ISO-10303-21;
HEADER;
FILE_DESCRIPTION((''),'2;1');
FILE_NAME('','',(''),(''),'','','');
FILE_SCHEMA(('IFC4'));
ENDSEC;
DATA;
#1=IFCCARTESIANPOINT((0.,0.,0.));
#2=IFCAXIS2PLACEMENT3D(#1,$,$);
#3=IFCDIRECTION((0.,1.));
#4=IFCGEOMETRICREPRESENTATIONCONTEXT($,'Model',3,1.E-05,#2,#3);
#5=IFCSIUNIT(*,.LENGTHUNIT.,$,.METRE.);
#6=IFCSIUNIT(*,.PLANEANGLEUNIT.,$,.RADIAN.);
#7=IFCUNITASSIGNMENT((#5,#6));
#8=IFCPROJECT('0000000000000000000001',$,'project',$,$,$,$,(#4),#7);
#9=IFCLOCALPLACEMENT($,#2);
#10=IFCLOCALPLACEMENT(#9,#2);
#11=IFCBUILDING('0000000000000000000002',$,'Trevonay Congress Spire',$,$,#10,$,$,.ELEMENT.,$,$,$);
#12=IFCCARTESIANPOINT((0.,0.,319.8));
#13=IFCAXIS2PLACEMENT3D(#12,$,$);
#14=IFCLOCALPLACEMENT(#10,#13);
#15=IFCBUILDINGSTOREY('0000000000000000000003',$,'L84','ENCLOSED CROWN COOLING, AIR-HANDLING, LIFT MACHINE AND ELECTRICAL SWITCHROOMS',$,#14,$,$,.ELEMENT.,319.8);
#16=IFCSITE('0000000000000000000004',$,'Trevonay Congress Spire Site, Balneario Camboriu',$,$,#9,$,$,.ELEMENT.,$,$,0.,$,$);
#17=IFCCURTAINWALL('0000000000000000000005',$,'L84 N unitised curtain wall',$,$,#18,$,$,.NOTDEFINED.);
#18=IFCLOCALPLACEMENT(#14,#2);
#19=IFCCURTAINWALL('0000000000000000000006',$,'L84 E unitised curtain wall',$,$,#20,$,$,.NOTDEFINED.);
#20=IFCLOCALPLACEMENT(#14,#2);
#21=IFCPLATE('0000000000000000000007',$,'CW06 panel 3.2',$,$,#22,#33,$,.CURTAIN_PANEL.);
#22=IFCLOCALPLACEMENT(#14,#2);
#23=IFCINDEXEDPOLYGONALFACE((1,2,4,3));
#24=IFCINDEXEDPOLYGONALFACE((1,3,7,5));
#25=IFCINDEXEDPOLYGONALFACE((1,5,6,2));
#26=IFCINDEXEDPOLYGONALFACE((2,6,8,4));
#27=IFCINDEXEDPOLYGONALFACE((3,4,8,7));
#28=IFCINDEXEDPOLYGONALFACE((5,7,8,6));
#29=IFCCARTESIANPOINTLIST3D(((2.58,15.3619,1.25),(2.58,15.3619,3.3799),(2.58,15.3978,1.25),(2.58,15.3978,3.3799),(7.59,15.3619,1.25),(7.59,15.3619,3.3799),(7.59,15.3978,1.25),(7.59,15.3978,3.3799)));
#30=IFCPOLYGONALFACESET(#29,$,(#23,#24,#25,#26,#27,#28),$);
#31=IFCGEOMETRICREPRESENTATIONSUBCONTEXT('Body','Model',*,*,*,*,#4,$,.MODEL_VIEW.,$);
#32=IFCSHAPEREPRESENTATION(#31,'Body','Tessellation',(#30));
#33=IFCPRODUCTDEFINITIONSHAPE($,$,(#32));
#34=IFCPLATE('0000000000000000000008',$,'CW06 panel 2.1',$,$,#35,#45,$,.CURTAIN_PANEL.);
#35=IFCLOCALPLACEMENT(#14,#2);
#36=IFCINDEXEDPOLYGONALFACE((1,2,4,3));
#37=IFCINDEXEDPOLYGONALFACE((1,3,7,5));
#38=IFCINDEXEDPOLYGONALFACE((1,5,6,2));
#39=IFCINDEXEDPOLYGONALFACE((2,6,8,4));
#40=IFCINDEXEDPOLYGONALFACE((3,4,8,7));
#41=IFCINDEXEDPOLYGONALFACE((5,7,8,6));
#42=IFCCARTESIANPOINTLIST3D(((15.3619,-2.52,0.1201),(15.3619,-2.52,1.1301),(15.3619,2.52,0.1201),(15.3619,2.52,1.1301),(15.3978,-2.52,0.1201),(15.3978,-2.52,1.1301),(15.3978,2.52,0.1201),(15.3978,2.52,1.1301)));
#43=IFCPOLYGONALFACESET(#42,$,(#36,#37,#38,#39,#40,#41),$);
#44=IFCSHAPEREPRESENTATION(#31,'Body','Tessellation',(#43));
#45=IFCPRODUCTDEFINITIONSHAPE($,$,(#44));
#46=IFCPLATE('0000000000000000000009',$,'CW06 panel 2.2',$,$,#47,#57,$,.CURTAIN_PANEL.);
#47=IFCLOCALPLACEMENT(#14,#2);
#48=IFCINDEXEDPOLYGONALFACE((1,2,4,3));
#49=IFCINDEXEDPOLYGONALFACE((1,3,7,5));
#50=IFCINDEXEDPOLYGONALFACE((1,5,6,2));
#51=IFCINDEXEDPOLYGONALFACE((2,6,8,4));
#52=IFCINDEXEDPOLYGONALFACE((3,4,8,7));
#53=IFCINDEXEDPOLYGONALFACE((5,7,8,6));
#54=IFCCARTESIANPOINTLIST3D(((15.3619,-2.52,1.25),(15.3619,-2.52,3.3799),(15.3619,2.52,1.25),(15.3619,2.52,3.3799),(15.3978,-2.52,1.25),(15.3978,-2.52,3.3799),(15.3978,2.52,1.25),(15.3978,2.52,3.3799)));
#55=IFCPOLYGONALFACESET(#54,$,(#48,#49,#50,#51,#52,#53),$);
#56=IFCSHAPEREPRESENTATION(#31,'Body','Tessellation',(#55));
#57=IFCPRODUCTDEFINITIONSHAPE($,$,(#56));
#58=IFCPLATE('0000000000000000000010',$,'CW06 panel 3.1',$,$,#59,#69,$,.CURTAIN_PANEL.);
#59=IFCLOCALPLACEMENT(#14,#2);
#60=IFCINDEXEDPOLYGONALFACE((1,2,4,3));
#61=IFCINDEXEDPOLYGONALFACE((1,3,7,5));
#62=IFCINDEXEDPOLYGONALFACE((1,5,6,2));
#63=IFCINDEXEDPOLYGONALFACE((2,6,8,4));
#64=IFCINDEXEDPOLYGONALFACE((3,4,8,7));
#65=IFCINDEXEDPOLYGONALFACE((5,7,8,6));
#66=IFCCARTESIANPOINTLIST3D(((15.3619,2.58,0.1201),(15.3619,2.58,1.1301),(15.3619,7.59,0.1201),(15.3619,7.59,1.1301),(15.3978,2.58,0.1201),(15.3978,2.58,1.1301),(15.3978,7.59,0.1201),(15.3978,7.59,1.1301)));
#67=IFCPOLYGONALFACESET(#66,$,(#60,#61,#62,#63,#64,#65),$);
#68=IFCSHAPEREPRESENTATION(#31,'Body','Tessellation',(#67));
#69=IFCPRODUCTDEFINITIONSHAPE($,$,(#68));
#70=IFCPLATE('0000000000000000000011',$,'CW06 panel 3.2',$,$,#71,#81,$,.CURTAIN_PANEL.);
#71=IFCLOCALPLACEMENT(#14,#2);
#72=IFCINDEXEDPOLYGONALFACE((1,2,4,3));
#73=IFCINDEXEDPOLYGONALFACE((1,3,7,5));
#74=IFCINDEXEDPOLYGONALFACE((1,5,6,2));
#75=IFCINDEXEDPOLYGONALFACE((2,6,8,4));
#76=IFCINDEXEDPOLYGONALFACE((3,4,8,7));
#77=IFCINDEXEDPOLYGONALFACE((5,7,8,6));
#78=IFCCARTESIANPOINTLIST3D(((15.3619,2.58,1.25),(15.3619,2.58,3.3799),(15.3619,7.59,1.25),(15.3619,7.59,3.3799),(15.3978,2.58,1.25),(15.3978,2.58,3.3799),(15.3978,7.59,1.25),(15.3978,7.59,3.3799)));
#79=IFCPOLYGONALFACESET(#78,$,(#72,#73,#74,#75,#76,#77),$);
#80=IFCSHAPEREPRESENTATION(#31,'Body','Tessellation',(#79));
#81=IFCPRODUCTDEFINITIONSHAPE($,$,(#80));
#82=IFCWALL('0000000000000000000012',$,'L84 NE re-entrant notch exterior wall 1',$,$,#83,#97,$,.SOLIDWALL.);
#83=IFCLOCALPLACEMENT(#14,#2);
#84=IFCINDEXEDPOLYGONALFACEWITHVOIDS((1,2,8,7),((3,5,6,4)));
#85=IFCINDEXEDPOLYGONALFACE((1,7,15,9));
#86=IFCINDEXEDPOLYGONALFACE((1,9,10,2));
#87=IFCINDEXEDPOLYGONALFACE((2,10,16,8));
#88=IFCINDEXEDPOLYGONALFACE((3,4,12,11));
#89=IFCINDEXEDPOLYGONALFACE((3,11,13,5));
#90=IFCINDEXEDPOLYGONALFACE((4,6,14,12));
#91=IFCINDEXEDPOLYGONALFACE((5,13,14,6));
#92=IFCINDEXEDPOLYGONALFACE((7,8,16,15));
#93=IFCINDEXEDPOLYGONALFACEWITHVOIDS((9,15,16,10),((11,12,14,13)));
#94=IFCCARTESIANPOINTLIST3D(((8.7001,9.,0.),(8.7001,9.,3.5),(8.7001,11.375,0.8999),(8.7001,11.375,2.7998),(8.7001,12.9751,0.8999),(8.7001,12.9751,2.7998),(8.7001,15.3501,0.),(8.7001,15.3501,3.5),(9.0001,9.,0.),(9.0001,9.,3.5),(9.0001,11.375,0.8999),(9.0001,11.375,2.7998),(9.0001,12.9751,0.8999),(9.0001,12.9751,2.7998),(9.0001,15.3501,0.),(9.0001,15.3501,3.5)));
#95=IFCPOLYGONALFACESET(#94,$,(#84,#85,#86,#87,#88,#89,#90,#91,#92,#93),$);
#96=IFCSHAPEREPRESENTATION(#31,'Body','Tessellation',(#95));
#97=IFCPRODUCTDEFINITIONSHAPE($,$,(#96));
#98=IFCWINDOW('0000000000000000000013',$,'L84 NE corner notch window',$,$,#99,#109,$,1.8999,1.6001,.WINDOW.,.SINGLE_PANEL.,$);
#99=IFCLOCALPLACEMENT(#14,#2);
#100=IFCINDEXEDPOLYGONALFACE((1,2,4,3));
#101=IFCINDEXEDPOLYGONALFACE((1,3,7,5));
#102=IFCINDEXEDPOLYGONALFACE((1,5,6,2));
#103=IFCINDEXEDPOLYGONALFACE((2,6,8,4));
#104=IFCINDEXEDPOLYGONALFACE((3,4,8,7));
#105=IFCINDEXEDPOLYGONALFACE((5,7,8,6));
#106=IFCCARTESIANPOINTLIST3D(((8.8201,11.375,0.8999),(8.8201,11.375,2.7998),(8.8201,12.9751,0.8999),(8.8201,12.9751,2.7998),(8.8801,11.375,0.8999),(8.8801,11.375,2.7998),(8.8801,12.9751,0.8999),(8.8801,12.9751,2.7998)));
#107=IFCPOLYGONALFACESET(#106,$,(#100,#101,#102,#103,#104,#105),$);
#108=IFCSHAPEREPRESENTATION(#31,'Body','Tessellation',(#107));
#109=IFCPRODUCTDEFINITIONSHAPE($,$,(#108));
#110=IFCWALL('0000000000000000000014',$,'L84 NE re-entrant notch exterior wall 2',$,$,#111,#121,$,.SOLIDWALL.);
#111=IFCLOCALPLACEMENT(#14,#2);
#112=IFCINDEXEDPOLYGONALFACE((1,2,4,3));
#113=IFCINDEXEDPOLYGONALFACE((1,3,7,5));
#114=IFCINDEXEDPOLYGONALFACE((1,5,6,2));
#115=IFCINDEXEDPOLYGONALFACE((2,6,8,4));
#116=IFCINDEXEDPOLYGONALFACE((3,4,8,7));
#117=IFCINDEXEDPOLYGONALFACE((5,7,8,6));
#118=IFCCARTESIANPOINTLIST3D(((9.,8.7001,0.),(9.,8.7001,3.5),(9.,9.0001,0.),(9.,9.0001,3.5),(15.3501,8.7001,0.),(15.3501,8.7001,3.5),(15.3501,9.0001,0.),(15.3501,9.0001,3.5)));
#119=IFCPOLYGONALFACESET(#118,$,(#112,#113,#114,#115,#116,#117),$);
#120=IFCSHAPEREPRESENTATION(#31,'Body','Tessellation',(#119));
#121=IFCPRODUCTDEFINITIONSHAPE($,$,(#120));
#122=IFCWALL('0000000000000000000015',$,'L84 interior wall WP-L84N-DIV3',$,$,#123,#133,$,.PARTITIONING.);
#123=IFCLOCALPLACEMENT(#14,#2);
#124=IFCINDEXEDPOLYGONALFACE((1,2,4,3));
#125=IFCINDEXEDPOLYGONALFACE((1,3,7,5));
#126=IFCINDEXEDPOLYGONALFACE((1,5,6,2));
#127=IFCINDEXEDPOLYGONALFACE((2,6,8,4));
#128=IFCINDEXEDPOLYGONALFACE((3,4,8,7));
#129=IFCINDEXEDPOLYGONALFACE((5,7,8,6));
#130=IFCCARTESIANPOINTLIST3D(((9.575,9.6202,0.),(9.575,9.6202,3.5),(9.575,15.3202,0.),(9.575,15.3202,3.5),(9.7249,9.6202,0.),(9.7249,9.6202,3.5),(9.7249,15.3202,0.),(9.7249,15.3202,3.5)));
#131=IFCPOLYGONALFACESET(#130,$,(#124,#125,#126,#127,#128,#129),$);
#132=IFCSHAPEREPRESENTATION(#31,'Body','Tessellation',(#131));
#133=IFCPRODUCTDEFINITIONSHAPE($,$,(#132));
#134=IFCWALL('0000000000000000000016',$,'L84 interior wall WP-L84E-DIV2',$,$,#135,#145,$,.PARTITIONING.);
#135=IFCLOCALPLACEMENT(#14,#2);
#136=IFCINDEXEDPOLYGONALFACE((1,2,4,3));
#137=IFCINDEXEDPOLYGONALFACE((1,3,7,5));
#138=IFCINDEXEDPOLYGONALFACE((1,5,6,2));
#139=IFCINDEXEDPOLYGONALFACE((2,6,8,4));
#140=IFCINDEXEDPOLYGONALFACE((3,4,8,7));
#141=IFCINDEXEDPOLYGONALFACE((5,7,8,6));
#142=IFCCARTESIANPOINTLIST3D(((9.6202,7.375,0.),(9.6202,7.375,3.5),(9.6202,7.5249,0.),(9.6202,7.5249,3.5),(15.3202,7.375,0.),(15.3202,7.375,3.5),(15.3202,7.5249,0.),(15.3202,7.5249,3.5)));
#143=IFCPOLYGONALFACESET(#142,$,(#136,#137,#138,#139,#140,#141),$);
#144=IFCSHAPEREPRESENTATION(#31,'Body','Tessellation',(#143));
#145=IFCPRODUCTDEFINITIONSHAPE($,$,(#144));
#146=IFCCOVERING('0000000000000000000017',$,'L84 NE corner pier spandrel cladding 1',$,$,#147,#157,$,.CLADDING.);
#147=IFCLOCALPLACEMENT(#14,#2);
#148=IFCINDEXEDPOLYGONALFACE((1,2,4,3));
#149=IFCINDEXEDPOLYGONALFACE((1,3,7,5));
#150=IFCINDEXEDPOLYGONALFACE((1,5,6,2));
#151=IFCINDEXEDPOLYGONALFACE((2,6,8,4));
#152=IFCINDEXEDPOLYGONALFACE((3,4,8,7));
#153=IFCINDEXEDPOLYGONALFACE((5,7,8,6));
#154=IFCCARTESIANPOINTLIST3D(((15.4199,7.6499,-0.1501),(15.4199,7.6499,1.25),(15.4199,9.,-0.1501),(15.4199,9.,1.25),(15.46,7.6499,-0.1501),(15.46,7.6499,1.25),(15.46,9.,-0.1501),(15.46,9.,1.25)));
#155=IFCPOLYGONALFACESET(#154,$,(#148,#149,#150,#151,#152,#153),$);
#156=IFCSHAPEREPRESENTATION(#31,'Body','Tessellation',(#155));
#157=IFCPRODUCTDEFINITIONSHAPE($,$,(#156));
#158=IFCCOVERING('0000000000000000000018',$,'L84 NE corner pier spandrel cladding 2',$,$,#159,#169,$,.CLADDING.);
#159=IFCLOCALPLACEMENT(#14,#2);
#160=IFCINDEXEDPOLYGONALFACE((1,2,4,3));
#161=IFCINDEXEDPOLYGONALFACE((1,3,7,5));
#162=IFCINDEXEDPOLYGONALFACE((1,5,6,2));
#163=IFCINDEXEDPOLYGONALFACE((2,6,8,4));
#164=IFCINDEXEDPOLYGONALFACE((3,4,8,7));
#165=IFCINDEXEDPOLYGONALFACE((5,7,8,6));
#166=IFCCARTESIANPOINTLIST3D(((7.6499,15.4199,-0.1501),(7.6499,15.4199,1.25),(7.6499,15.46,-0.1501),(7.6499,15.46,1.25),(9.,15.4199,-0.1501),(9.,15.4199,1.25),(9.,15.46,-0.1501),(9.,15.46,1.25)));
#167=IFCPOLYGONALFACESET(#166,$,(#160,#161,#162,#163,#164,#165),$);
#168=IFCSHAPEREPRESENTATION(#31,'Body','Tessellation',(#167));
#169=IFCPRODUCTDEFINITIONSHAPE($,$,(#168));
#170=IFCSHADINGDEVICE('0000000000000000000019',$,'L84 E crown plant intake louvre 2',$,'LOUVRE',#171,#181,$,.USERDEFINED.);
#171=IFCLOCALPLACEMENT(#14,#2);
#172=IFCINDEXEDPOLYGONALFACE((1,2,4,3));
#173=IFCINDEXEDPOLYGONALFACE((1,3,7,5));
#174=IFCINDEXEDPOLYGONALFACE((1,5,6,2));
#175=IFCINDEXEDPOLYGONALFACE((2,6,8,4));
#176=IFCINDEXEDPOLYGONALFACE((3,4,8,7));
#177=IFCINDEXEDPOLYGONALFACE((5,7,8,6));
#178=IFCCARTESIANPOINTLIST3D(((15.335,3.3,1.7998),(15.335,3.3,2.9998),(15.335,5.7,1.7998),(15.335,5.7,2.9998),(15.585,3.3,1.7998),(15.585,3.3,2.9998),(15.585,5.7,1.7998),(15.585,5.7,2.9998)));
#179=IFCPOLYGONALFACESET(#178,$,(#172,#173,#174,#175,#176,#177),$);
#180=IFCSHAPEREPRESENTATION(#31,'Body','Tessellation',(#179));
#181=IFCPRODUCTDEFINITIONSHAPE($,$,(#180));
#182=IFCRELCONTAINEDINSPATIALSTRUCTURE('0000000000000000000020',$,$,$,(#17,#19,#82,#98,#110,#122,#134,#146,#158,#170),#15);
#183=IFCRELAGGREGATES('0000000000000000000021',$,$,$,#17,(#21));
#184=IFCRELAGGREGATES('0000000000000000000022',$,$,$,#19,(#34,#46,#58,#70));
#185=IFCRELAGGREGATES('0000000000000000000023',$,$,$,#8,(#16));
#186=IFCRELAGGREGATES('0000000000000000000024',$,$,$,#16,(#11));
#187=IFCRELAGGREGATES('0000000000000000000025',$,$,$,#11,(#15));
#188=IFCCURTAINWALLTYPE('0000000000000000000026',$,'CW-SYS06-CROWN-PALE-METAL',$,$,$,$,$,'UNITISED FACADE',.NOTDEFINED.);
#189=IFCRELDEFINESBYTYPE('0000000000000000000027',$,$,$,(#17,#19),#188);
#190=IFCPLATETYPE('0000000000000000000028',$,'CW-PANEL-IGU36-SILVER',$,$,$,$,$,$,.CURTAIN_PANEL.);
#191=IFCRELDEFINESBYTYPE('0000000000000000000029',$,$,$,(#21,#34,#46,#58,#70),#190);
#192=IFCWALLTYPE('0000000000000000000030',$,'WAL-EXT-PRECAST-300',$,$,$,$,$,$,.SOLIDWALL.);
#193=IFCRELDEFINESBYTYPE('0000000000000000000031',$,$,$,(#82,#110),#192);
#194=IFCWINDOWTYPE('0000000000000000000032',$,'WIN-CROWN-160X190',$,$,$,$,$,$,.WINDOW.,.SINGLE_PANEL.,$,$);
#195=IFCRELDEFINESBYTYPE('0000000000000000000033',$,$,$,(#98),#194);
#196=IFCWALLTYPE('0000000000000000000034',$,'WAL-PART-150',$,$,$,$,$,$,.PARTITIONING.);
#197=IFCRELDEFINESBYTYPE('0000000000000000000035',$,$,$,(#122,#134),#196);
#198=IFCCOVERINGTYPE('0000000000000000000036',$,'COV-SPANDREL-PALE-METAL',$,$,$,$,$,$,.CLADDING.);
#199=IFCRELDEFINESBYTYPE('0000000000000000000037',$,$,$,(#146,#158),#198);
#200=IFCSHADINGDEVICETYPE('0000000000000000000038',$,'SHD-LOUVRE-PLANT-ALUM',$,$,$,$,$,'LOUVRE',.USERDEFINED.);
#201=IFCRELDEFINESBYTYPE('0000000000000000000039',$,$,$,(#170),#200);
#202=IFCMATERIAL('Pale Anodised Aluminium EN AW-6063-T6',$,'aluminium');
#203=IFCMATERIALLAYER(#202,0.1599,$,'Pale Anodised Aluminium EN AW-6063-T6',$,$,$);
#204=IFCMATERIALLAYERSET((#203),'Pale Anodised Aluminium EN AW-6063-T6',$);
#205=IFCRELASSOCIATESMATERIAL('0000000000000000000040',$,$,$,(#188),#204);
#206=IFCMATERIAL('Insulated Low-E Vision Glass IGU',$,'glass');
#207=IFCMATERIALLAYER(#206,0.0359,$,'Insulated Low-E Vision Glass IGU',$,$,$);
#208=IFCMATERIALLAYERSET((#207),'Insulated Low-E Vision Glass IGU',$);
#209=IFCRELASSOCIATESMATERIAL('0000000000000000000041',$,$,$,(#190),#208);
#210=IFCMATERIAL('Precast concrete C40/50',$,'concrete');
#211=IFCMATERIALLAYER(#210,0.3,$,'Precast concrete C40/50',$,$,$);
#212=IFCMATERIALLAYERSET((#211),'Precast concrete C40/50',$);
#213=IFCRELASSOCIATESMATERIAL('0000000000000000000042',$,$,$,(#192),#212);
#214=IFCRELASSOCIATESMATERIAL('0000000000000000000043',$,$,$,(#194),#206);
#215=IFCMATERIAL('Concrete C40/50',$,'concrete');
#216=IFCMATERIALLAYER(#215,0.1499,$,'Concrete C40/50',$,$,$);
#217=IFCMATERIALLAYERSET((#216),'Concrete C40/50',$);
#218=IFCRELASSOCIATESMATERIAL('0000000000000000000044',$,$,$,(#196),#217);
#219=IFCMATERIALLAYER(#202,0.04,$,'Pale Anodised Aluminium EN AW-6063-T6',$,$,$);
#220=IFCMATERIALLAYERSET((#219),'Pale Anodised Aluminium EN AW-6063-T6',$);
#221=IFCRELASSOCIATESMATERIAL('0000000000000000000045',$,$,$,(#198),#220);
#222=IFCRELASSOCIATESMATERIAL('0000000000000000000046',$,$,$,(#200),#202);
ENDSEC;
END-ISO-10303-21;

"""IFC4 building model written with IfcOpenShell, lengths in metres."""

from ifc_helpers import new_model, si_unit, direction, frame, frame_2d, origin, origin_2d, place, context, subcontext, project, spatial, rectangle, extrude, material, layer, layer_set, type_object, element, fill, aggregate, save


model = new_model("IFC4")

# Units and contexts
model_context = context("Model", 3, precision=1e-05, world=origin(), true_north=direction((0.0, 1.0)))
body_context = subcontext(model_context, "Body", "Model", "MODEL_VIEW")
ifc_project = project(units=[si_unit("LENGTHUNIT", "METRE"), si_unit("PLANEANGLEUNIT", "RADIAN")], contexts=[model_context])

# Site, building, storey
site_placement = place(None, origin())
site = spatial("IfcSite", under=ifc_project, at=site_placement, Name="Trevonay Congress Spire Site, Balneario Camboriu", CompositionType="ELEMENT", RefElevation=0.0)
building_placement = place(site_placement, origin())
building = spatial("IfcBuilding", under=site, at=building_placement, Name="Trevonay Congress Spire", CompositionType="ELEMENT")
storey_placement = place(building_placement, frame((0.0, 0.0, 319.8)))
storey = spatial("IfcBuildingStorey", under=building, at=storey_placement, Name="L84", Description="ENCLOSED CROWN COOLING, AIR-HANDLING, LIFT MACHINE AND ELECTRICAL SWITCHROOMS", CompositionType="ELEMENT", Elevation=319.8)

# Curtain wall
ifc_material_1 = material(Name="Pale Anodised Aluminium EN AW-6063-T6", Category="aluminium")
ifc_layer_1 = layer(ifc_material_1, 0.1599, Name="Pale Anodised Aluminium EN AW-6063-T6")
ifc_layer_set_1 = layer_set([ifc_layer_1], Name="Pale Anodised Aluminium EN AW-6063-T6")
curtain_wall_type = type_object("IfcCurtainWallType", Name="CW-SYS06-CROWN-PALE-METAL", ElementType="UNITISED FACADE", PredefinedType="NOTDEFINED", material=ifc_layer_set_1)
curtain_wall_1_placement = place(storey_placement, origin())
curtain_wall_1 = element("IfcCurtainWall", 1, at=curtain_wall_1_placement, inside=storey, type_object=curtain_wall_type, Name="L84 N unitised curtain wall", PredefinedType="NOTDEFINED")

# Curtain wall
curtain_wall_2_placement = place(storey_placement, origin())
curtain_wall_2 = element("IfcCurtainWall", 2, at=curtain_wall_2_placement, inside=storey, type_object=curtain_wall_type, Name="L84 E unitised curtain wall", PredefinedType="NOTDEFINED")

# Plates
ifc_material_2 = material(Name="Insulated Low-E Vision Glass IGU", Category="glass")
ifc_layer_2 = layer(ifc_material_2, 0.0359, Name="Insulated Low-E Vision Glass IGU")
ifc_layer_set_2 = layer_set([ifc_layer_2], Name="Insulated Low-E Vision Glass IGU")
plate_type = type_object("IfcPlateType", Name="CW-PANEL-IGU36-SILVER", PredefinedType="CURTAIN_PANEL", material=ifc_layer_set_2)
plate_1_placement = place(storey_placement, frame((5.085, 15.3799, 1.25), z_axis=(0.0, 0.0, 1.0), x_axis=(1.0, 0.0, 0.0)))
plate_1 = element("IfcPlate", 3, at=plate_1_placement, type_object=plate_type, Name="CW06 panel 3.2", PredefinedType="CURTAIN_PANEL", context=body_context, shape_type="SweptSolid", body=[
    extrude(rectangle(XDim=5.01, YDim=0.0359, at=origin_2d()), origin(), (0.0, 0.0, 1.0), 2.1299),
])
aggregate(curtain_wall_1, [plate_1])
plate_2_placement = place(storey_placement, frame((15.3799, 0.0, 0.1201), z_axis=(0.0, 0.0, 1.0), x_axis=(0.0, 1.0, 0.0)))
plate_2 = element("IfcPlate", 4, at=plate_2_placement, type_object=plate_type, Name="CW06 panel 2.1", PredefinedType="CURTAIN_PANEL", context=body_context, shape_type="SweptSolid", body=[
    extrude(rectangle(XDim=5.04, YDim=0.0359, at=origin_2d()), origin(), (0.0, 0.0, 1.0), 1.01),
])
plate_3_placement = place(storey_placement, frame((15.3799, 0.0, 1.25), z_axis=(0.0, 0.0, 1.0), x_axis=(0.0, 1.0, 0.0)))
plate_3 = element("IfcPlate", 5, at=plate_3_placement, type_object=plate_type, Name="CW06 panel 2.2", PredefinedType="CURTAIN_PANEL", context=body_context, shape_type="SweptSolid", body=[
    extrude(rectangle(XDim=5.04, YDim=0.0359, at=origin_2d()), origin(), (0.0, 0.0, 1.0), 2.1299),
])
plate_4_placement = place(storey_placement, frame((15.3799, 5.085, 0.1201), z_axis=(0.0, 0.0, 1.0), x_axis=(0.0, 1.0, 0.0)))
plate_4 = element("IfcPlate", 6, at=plate_4_placement, type_object=plate_type, Name="CW06 panel 3.1", PredefinedType="CURTAIN_PANEL", context=body_context, shape_type="SweptSolid", body=[
    extrude(rectangle(XDim=5.01, YDim=0.0359, at=origin_2d()), origin(), (0.0, 0.0, 1.0), 1.01),
])
plate_5_placement = place(storey_placement, frame((15.3799, 5.085, 1.25), z_axis=(0.0, 0.0, 1.0), x_axis=(0.0, 1.0, 0.0)))
plate_5 = element("IfcPlate", 7, at=plate_5_placement, type_object=plate_type, Name="CW06 panel 3.2", PredefinedType="CURTAIN_PANEL", context=body_context, shape_type="SweptSolid", body=[
    extrude(rectangle(XDim=5.01, YDim=0.0359, at=origin_2d()), origin(), (0.0, 0.0, 1.0), 2.1299),
])
aggregate(curtain_wall_2, [plate_2, plate_3, plate_4, plate_5])

# Wall, opening, window
ifc_material_3 = material(Name="Precast concrete C40/50", Category="concrete")
ifc_layer_3 = layer(ifc_material_3, 0.3, Name="Precast concrete C40/50")
ifc_layer_set_3 = layer_set([ifc_layer_3], Name="Precast concrete C40/50")
wall_type_1 = type_object("IfcWallType", Name="WAL-EXT-PRECAST-300", PredefinedType="SOLIDWALL", material=ifc_layer_set_3)
wall_1_placement = place(storey_placement, frame((8.8501, 15.3501, 0.0), z_axis=(0.0, 0.0, 1.0), x_axis=(0.0, -1.0, 0.0)))
wall_1 = element("IfcWall", 8, at=wall_1_placement, inside=storey, type_object=wall_type_1, Name="L84 NE re-entrant notch exterior wall 1", PredefinedType="SOLIDWALL", context=body_context, shape_type="SweptSolid", body=[
    extrude(rectangle(XDim=6.3501, YDim=0.3, at=frame_2d((3.175, 0.0))), origin(), (0.0, 0.0, 1.0), 3.5),
])
opening_placement = place(wall_1_placement, frame((2.375, 0.0, 0.8999)))
opening = element("IfcOpeningElement", 9, at=opening_placement, cuts=wall_1, PredefinedType="OPENING", context=body_context, shape_type="SweptSolid", body=[
    extrude(rectangle(XDim=1.6001, YDim=1.8999, at=frame_2d((0.8, 0.95))), frame((0.0, 0.1602, 0.0), z_axis=(0.0, -1.0, 0.0), x_axis=(1.0, 0.0, 0.0)), (0.0, 0.0, 1.0), 0.3201),
])
window_type = type_object("IfcWindowType", Name="WIN-CROWN-160X190", PartitioningType="SINGLE_PANEL", PredefinedType="WINDOW", material=ifc_material_2)
window_placement = place(opening_placement, origin())
window = element("IfcWindow", 10, at=window_placement, inside=storey, type_object=window_type, Name="L84 NE corner notch window", OverallHeight=1.8999, OverallWidth=1.6001, PartitioningType="SINGLE_PANEL", PredefinedType="WINDOW", context=body_context, shape_type="SweptSolid", body=[
    extrude(rectangle(XDim=1.6001, YDim=1.8999, at=frame_2d((0.8, 0.95))), frame((0.0, 0.03, 0.0), z_axis=(0.0, -1.0, 0.0), x_axis=(1.0, 0.0, 0.0)), (0.0, 0.0, 1.0), 0.0601),
])
fill(opening, window)

# Walls
wall_2_placement = place(storey_placement, frame((15.3501, 8.8501, 0.0), z_axis=(0.0, 0.0, 1.0), x_axis=(-1.0, 0.0, 0.0)))
element("IfcWall", 11, at=wall_2_placement, inside=storey, type_object=wall_type_1, Name="L84 NE re-entrant notch exterior wall 2", PredefinedType="SOLIDWALL", context=body_context, shape_type="SweptSolid", body=[
    extrude(rectangle(XDim=6.3501, YDim=0.3, at=frame_2d((3.175, 0.0))), origin(), (0.0, 0.0, 1.0), 3.5),
])
ifc_material_4 = material(Name="Concrete C40/50", Category="concrete")
ifc_layer_4 = layer(ifc_material_4, 0.1499, Name="Concrete C40/50")
ifc_layer_set_4 = layer_set([ifc_layer_4], Name="Concrete C40/50")
wall_type_2 = type_object("IfcWallType", Name="WAL-PART-150", PredefinedType="PARTITIONING", material=ifc_layer_set_4)
for number, where, z_axis, x_axis, name in (
    (12, (9.6499, 9.6201, 0.0), (0.0, 0.0, 1.0), (0.0, 1.0, 0.0), "L84 interior wall WP-L84N-DIV3"),
    (13, (9.6201, 7.45, 0.0), (0.0, 0.0, 1.0), (1.0, 0.0, 0.0), "L84 interior wall WP-L84E-DIV2"),
):
    element("IfcWall", number, at=place(storey_placement, frame(where, z_axis=z_axis, x_axis=x_axis)), inside=storey, type_object=wall_type_2, Name=name, PredefinedType="PARTITIONING", context=body_context, shape_type="SweptSolid", body=[
        extrude(rectangle(XDim=5.7, YDim=0.1499, at=frame_2d((2.8501, 0.0))), origin(), (0.0, 0.0, 1.0), 3.5),
    ])

# Coverings
ifc_layer_5 = layer(ifc_material_1, 0.04, Name="Pale Anodised Aluminium EN AW-6063-T6")
ifc_layer_set_5 = layer_set([ifc_layer_5], Name="Pale Anodised Aluminium EN AW-6063-T6")
covering_type = type_object("IfcCoveringType", Name="COV-SPANDREL-PALE-METAL", PredefinedType="CLADDING", material=ifc_layer_set_5)
for number, where, z_axis, x_axis, name in (
    (14, (15.4399, 7.6499, -0.1501), (0.0, 0.0, 1.0), (0.0, 1.0, 0.0), "L84 NE corner pier spandrel cladding 1"),
    (15, (7.6499, 15.4399, -0.1501), (0.0, 0.0, 1.0), (1.0, 0.0, 0.0), "L84 NE corner pier spandrel cladding 2"),
):
    element("IfcCovering", number, at=place(storey_placement, frame(where, z_axis=z_axis, x_axis=x_axis)), inside=storey, type_object=covering_type, Name=name, PredefinedType="CLADDING", context=body_context, shape_type="SweptSolid", body=[
        extrude(rectangle(XDim=1.3501, YDim=0.04, at=frame_2d((0.675, 0.0))), origin(), (0.0, 0.0, 1.0), 1.4001),
    ])

# Shading device
shading_device_type = type_object("IfcShadingDeviceType", Name="SHD-LOUVRE-PLANT-ALUM", ElementType="LOUVRE", PredefinedType="USERDEFINED", material=ifc_material_1)
shading_device_placement = place(storey_placement, frame((15.46, 4.5, 1.7998), z_axis=(0.0, 0.0, 1.0), x_axis=(0.0, 1.0, 0.0)))
element("IfcShadingDevice", 16, at=shading_device_placement, inside=storey, type_object=shading_device_type, Name="L84 E crown plant intake louvre 2", ObjectType="LOUVRE", PredefinedType="USERDEFINED", context=body_context, shape_type="SweptSolid", body=[
    extrude(rectangle(XDim=2.3999, YDim=0.25, at=origin_2d()), origin(), (0.0, 0.0, 1.0), 1.2),
])

save(model, "model.ifc")
